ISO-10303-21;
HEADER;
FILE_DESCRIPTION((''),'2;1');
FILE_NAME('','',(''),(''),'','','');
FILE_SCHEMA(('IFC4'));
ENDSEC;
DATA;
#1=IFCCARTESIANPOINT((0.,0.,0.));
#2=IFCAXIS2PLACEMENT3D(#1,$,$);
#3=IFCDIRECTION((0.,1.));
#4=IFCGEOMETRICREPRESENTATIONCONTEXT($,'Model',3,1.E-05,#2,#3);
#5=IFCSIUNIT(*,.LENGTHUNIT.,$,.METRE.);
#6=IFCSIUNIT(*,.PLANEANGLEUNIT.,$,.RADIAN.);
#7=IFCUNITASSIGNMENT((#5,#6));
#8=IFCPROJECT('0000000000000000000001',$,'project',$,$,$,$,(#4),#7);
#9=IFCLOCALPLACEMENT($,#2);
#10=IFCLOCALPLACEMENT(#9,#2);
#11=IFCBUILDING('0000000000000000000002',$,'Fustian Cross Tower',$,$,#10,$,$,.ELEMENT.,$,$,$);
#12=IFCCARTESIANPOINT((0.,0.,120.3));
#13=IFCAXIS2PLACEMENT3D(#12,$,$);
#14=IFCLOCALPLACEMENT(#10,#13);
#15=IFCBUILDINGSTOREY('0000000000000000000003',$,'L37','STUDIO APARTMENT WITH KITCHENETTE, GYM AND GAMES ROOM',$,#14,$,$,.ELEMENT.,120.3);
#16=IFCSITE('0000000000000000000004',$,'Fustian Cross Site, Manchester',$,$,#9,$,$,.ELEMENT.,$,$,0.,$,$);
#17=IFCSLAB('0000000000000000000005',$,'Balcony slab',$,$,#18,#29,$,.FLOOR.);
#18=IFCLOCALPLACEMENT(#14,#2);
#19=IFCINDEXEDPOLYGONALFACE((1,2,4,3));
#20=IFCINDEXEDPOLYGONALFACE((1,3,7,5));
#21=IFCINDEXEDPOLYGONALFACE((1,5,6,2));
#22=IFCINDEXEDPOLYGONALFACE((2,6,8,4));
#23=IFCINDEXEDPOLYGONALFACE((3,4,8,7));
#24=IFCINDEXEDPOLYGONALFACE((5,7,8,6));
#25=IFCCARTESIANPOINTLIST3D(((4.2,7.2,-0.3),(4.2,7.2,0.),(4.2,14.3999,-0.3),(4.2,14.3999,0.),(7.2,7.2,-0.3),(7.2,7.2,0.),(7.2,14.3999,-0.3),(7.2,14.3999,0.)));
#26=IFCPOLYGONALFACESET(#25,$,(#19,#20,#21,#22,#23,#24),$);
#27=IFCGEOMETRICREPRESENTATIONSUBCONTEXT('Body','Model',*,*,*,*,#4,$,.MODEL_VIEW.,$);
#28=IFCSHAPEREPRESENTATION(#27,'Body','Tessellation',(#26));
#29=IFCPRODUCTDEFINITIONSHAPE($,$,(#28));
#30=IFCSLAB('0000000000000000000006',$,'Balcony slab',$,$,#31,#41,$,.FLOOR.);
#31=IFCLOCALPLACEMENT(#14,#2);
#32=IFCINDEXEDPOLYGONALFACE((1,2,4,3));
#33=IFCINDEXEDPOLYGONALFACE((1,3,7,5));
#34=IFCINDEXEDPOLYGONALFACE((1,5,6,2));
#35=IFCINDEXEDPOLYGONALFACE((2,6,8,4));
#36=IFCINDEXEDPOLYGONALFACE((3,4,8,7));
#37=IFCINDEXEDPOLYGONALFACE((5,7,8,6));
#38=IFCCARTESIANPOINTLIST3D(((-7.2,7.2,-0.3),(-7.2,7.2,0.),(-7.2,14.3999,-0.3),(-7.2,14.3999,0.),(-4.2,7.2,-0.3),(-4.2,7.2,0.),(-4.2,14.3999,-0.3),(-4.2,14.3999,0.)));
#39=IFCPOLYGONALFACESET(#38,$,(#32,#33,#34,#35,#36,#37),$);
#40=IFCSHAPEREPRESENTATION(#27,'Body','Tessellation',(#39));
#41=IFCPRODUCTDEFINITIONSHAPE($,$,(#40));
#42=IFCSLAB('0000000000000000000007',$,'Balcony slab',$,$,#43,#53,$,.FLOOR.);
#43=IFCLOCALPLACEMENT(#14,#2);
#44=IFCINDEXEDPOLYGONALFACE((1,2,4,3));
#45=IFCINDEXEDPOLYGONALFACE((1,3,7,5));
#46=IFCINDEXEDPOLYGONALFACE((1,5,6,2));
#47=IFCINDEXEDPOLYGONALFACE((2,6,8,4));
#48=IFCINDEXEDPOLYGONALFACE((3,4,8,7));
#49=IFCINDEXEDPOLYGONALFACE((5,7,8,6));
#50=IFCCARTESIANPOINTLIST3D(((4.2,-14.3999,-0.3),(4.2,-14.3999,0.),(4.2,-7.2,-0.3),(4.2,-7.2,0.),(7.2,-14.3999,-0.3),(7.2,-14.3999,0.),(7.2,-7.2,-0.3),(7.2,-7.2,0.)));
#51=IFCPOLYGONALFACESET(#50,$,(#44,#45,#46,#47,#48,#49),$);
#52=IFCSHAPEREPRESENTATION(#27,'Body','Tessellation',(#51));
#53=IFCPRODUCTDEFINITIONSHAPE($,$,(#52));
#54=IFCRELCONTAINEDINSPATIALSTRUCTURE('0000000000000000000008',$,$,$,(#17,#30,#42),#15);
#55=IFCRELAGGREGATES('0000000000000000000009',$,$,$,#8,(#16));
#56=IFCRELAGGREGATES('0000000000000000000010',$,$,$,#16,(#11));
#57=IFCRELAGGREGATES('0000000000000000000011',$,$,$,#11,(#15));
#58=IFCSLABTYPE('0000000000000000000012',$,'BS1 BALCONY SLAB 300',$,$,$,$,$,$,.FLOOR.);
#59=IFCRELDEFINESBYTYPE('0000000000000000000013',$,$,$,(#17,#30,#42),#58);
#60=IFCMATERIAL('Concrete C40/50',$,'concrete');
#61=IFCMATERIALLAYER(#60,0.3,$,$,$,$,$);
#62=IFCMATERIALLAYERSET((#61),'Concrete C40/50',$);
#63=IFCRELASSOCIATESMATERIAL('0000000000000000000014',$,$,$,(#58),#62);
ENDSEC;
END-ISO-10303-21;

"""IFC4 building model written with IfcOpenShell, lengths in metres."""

from ifc_helpers import new_model, si_unit, direction, frame, origin, place, context, subcontext, project, spatial, polyline, outline, extrude, material, layer, layer_set, type_object, element, save


model = new_model("IFC4")

# Units and contexts
model_context = context("Model", 3, precision=1e-05, world=origin(), true_north=direction((0.0, 1.0)))
body_context = subcontext(model_context, "Body", "Model", "MODEL_VIEW")
ifc_project = project(units=[si_unit("LENGTHUNIT", "METRE"), si_unit("PLANEANGLEUNIT", "RADIAN")], contexts=[model_context])

# Site, building, storey
site_placement = place(None, origin())
site = spatial("IfcSite", under=ifc_project, at=site_placement, Name="Fustian Cross Site, Manchester", CompositionType="ELEMENT", RefElevation=0.0)
building_placement = place(site_placement, origin())
building = spatial("IfcBuilding", under=site, at=building_placement, Name="Fustian Cross Tower", CompositionType="ELEMENT")
storey_placement = place(building_placement, frame((0.0, 0.0, 120.3)))
storey = spatial("IfcBuildingStorey", under=building, at=storey_placement, Name="L37", Description="STUDIO APARTMENT WITH KITCHENETTE, GYM AND GAMES ROOM", CompositionType="ELEMENT", Elevation=120.3)

# Slabs
ifc_material_1 = material(Name="Concrete C40/50", Category="concrete")
ifc_layer_1 = layer(ifc_material_1, 0.3)
ifc_layer_set_1 = layer_set([ifc_layer_1], Name="Concrete C40/50")
slab_type_1 = type_object("IfcSlabType", Name="BS1 BALCONY SLAB 300", PredefinedType="FLOOR", material=ifc_layer_set_1)
slab_1_placement = place(storey_placement, frame((0.0, 0.0, -0.3)))
element("IfcSlab", 1, at=slab_1_placement, inside=storey, type_object=slab_type_1, Name="Balcony slab", PredefinedType="FLOOR", context=body_context, shape_type="SweptSolid", body=[
    extrude(outline(polyline([(4.2, 7.2), (7.2, 7.2), (7.2, 14.3999), (4.2, 14.3999), (4.2, 7.2)])), origin(), (0.0, 0.0, 1.0), 0.3),
])
slab_2_placement = place(storey_placement, frame((0.0, 0.0, -0.3)))
element("IfcSlab", 2, at=slab_2_placement, inside=storey, type_object=slab_type_1, Name="Balcony slab", PredefinedType="FLOOR", context=body_context, shape_type="SweptSolid", body=[
    extrude(outline(polyline([(-7.2, 7.2), (-4.2, 7.2), (-4.2, 14.3999), (-7.2, 14.3999), (-7.2, 7.2)])), origin(), (0.0, 0.0, 1.0), 0.3),
])
slab_3_placement = place(storey_placement, frame((0.0, 0.0, -0.3)))
element("IfcSlab", 3, at=slab_3_placement, inside=storey, type_object=slab_type_1, Name="Balcony slab", PredefinedType="FLOOR", context=body_context, shape_type="SweptSolid", body=[
    extrude(outline(polyline([(4.2, -14.3999), (7.2, -14.3999), (7.2, -7.2), (4.2, -7.2), (4.2, -14.3999)])), origin(), (0.0, 0.0, 1.0), 0.3),
])

save(model, "model.ifc")
